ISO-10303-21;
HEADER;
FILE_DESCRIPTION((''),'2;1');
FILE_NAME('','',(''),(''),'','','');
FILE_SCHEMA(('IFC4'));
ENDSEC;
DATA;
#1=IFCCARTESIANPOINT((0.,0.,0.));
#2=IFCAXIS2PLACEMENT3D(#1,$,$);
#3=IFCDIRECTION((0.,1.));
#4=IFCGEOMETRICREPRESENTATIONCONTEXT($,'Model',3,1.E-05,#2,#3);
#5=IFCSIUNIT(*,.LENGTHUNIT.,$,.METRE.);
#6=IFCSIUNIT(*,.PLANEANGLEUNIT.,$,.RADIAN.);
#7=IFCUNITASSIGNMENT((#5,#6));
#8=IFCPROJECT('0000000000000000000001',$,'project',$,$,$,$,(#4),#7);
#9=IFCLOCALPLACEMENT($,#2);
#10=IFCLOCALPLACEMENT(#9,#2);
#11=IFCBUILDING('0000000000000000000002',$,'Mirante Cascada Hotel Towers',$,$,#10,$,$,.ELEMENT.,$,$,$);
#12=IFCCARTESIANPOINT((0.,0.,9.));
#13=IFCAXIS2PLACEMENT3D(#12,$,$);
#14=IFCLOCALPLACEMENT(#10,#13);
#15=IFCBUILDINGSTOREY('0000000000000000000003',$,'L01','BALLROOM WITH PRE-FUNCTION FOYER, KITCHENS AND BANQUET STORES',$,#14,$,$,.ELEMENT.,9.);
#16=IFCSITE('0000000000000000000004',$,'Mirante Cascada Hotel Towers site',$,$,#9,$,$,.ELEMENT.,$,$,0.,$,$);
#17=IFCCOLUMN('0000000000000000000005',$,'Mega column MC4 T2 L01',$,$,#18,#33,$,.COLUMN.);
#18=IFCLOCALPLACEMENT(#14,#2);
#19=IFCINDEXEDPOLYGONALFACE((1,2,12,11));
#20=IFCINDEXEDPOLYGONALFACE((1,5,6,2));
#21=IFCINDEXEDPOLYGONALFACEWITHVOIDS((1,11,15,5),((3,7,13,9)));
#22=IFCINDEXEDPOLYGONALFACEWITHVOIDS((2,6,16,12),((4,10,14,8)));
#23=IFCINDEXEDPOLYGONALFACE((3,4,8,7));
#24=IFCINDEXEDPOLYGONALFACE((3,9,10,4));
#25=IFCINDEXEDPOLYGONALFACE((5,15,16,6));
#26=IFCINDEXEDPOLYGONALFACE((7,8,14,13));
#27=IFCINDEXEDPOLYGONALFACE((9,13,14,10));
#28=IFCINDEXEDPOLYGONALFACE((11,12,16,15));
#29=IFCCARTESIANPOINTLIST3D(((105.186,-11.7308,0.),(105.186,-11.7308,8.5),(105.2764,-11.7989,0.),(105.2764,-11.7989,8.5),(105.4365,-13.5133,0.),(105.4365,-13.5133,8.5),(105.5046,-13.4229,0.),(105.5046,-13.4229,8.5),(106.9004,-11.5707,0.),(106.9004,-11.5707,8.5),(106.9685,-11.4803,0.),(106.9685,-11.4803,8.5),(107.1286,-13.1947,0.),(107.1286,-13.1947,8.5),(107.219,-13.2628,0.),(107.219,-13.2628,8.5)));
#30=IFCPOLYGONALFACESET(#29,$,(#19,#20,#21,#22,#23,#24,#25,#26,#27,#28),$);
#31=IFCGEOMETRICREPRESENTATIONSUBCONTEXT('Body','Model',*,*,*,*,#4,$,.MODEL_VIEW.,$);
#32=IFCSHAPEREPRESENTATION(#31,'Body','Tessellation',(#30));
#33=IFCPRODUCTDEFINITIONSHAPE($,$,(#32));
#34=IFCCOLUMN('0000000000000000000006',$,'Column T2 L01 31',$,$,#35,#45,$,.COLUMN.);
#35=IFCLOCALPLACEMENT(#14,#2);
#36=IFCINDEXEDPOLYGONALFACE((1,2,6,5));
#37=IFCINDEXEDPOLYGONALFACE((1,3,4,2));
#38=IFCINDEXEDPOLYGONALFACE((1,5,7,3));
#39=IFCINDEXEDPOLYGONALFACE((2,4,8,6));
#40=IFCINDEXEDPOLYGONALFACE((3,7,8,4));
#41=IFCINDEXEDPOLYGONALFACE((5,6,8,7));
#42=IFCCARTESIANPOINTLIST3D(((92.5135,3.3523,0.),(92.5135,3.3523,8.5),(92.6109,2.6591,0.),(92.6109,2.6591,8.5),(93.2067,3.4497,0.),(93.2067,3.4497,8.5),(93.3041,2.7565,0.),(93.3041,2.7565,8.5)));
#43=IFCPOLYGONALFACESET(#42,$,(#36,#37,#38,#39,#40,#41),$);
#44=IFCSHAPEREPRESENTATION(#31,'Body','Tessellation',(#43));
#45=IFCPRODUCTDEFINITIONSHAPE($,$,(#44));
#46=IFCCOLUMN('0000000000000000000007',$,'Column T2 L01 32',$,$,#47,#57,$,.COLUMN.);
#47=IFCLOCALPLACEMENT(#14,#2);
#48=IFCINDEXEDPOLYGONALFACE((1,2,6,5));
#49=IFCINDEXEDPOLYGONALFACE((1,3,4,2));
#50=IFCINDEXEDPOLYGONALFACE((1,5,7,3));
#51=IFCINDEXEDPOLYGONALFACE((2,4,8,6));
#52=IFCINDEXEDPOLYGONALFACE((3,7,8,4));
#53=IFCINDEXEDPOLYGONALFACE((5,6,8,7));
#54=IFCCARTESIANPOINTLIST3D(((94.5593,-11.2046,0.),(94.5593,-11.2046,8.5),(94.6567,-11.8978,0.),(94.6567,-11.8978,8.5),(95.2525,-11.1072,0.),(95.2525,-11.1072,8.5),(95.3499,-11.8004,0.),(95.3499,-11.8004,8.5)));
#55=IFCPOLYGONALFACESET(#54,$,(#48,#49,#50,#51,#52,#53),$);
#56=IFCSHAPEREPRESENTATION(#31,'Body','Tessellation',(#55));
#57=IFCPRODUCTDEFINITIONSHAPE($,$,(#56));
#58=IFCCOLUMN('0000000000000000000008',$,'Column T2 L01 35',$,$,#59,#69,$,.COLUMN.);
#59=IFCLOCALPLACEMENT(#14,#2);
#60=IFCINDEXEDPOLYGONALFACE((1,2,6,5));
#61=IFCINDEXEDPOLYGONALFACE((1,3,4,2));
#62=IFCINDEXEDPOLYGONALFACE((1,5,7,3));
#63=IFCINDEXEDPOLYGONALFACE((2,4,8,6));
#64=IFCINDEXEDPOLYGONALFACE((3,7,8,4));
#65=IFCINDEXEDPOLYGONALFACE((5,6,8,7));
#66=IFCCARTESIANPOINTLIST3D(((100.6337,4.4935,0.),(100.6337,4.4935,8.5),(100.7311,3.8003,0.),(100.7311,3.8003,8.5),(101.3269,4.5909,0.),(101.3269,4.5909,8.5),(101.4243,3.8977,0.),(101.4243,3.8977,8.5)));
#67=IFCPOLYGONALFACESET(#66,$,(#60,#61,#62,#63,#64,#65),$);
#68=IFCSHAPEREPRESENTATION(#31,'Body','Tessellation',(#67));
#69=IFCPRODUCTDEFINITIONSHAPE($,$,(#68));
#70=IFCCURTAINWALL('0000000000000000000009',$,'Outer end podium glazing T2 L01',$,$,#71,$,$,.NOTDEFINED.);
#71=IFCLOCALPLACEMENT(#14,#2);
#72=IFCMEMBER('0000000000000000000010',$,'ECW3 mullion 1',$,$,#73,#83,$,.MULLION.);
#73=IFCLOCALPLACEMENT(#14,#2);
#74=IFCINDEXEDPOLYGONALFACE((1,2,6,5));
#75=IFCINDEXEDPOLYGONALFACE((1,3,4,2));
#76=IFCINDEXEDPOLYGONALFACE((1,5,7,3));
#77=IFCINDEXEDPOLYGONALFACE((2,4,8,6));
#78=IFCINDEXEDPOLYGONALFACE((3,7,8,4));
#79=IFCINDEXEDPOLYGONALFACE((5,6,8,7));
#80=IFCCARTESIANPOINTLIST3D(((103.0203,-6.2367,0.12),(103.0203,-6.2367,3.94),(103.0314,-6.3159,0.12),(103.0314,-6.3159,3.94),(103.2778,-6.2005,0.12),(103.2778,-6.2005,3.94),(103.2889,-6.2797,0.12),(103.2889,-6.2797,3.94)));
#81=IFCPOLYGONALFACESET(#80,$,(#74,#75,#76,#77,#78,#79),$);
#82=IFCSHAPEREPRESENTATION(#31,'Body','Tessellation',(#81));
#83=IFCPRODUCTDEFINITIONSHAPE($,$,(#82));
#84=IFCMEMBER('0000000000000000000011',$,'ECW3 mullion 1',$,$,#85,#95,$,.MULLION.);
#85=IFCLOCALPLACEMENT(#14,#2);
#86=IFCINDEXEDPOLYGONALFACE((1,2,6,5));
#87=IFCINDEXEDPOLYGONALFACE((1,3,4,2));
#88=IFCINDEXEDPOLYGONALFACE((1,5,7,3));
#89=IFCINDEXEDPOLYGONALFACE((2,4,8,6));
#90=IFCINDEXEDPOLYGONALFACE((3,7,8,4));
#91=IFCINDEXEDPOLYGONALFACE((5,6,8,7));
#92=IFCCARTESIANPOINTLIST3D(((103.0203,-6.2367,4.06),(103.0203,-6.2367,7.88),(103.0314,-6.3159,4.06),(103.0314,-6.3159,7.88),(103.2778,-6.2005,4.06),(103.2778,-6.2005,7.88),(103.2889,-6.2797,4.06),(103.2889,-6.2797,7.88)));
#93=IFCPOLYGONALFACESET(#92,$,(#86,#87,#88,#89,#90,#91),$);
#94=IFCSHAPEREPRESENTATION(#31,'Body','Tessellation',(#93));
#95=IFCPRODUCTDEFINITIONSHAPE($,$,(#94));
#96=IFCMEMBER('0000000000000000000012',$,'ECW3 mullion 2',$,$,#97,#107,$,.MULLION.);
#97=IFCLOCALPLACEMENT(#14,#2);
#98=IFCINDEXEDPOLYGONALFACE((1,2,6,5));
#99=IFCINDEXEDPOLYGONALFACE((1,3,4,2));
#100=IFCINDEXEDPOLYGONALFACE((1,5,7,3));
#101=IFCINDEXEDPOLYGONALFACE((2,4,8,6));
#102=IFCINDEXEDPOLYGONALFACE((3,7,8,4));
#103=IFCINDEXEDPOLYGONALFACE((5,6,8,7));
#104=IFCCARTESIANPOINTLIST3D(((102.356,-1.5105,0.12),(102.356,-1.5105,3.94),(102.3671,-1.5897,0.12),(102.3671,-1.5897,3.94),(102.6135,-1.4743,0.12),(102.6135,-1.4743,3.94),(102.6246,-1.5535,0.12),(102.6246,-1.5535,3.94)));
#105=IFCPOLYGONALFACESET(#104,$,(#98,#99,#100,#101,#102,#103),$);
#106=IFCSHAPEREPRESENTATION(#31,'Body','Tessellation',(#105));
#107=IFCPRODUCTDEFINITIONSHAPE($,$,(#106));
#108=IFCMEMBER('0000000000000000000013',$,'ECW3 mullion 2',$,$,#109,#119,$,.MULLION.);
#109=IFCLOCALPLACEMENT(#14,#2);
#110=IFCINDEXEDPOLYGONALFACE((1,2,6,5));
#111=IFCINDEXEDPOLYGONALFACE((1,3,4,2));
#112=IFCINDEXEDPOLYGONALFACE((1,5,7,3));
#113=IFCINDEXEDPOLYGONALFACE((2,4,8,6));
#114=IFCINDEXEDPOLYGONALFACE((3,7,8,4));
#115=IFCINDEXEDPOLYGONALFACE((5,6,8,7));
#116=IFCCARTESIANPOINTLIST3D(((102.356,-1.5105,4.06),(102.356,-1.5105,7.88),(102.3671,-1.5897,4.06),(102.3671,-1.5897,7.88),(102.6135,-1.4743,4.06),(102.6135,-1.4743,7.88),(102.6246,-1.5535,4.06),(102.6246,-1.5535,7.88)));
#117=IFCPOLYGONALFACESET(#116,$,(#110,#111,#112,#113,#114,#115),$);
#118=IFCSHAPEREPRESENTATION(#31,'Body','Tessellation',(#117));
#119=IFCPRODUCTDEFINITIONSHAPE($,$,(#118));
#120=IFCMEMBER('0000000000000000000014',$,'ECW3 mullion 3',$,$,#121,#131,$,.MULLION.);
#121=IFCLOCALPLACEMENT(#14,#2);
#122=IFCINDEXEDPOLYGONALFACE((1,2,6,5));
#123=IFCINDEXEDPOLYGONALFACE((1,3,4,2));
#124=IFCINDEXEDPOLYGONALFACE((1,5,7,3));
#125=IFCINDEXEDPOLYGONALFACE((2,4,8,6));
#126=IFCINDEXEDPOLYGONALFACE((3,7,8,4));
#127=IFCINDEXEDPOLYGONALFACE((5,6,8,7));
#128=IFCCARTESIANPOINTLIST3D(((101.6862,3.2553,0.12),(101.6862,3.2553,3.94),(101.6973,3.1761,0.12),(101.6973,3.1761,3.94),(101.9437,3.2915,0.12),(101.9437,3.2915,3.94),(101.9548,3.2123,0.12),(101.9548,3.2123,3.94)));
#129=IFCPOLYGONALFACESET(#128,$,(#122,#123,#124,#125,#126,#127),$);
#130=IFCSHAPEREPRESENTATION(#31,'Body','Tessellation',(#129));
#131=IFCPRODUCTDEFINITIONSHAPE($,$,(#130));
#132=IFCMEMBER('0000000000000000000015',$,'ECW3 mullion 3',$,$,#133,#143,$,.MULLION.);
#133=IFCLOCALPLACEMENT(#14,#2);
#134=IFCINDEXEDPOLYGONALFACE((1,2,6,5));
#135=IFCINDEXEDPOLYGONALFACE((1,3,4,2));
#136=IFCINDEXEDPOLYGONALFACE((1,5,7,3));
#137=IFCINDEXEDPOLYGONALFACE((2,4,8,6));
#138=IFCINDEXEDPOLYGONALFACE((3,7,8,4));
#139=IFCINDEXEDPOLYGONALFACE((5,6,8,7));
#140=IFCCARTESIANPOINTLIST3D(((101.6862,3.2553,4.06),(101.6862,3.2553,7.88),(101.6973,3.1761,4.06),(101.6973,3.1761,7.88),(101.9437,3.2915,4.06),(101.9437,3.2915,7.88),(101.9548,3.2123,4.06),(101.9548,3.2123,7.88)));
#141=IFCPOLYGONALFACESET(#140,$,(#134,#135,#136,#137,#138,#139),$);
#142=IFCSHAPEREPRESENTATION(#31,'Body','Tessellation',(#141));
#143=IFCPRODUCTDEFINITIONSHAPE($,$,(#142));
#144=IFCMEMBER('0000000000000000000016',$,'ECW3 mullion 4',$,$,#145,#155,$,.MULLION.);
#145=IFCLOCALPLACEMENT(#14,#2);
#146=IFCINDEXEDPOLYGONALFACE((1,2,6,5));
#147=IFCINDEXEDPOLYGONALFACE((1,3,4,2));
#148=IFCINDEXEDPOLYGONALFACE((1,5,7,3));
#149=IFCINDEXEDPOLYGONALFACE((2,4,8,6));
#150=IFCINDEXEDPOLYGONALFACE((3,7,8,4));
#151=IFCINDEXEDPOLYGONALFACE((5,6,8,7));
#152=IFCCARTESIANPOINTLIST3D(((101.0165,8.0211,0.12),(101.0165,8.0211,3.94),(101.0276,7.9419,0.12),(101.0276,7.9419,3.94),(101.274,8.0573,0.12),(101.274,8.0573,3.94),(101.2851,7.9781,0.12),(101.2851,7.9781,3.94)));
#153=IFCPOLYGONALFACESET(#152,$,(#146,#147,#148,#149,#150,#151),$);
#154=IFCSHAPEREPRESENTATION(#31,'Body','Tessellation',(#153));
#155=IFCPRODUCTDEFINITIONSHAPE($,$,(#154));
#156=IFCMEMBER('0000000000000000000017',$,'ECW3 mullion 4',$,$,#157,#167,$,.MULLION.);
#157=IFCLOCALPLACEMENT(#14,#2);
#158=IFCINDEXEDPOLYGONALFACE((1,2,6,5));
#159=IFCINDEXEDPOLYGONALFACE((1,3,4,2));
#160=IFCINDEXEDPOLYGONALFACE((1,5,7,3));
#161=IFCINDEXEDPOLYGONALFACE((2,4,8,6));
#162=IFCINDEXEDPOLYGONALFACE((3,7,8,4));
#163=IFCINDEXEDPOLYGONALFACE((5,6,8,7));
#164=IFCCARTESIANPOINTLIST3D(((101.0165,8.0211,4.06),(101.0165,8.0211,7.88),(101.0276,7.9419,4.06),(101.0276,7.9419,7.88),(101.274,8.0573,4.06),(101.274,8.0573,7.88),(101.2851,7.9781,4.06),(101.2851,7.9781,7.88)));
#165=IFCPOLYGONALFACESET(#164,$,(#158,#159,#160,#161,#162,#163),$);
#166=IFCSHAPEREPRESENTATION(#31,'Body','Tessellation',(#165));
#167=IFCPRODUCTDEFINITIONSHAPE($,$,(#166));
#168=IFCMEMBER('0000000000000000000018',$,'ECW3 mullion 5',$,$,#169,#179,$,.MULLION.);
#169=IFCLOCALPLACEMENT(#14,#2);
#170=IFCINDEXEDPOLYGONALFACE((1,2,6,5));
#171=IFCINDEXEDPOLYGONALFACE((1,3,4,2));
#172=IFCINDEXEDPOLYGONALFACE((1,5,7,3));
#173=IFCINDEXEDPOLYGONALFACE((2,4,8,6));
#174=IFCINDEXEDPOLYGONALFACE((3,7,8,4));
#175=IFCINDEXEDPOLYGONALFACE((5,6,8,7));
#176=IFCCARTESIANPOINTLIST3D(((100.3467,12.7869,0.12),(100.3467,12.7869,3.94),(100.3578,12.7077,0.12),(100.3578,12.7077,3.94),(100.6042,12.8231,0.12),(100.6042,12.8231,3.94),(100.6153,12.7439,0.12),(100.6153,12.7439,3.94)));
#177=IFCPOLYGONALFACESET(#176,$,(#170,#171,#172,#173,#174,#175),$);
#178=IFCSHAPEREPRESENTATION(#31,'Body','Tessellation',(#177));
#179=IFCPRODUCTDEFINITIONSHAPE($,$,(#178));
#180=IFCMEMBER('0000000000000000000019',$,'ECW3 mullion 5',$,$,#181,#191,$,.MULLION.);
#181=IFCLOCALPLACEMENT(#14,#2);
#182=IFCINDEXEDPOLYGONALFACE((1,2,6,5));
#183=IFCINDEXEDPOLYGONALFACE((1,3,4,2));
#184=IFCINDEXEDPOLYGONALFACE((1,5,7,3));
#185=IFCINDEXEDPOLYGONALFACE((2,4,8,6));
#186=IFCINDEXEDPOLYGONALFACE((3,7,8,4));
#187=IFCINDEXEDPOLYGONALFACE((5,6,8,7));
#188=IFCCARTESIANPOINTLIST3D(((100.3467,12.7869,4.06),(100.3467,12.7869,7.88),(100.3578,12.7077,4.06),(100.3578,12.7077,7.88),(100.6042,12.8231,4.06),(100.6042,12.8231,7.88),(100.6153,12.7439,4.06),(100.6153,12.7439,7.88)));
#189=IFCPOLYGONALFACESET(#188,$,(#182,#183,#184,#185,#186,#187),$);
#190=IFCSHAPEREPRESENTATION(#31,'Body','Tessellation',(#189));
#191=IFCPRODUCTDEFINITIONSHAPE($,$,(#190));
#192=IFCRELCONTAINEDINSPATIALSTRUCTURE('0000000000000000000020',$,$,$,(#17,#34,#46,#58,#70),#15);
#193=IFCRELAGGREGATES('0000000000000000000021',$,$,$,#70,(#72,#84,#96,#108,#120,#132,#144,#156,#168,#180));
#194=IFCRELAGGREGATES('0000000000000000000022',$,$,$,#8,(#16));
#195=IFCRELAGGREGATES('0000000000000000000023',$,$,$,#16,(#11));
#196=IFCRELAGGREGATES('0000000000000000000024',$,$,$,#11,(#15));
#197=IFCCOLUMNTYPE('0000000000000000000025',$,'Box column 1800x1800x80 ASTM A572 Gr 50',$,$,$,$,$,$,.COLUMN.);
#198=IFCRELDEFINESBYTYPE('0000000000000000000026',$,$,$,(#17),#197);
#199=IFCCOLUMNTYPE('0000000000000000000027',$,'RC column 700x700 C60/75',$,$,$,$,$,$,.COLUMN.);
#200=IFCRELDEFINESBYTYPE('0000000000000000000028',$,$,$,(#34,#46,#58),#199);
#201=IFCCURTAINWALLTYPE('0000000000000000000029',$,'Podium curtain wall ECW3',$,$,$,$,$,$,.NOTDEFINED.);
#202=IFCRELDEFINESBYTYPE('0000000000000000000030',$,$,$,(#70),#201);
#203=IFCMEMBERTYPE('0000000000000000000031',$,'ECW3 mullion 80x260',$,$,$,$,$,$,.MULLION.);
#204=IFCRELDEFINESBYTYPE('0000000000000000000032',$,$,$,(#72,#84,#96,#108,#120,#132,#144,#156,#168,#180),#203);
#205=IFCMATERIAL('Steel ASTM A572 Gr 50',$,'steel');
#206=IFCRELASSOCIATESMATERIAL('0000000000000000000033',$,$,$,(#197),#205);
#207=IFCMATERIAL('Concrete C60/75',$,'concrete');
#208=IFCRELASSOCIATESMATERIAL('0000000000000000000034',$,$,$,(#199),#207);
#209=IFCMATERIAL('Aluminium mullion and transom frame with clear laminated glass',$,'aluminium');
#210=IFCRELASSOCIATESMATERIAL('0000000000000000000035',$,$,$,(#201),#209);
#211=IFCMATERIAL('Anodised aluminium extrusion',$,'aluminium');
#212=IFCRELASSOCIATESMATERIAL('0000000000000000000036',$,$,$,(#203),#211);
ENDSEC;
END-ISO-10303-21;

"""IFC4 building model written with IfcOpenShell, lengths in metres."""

from ifc_helpers import new_model, si_unit, direction, frame, origin, origin_2d, place, context, subcontext, project, spatial, rectangle, hollow_rectangle, extrude, material, material_profile, profile_set, type_object, element, aggregate, save


model = new_model("IFC4")

# Units and contexts
model_context = context("Model", 3, precision=1e-05, world=origin(), true_north=direction((0.0, 1.0)))
body_context = subcontext(model_context, "Body", "Model", "MODEL_VIEW")
ifc_project = project(units=[si_unit("LENGTHUNIT", "METRE"), si_unit("PLANEANGLEUNIT", "RADIAN")], contexts=[model_context])

# Site, building, storey
site_placement = place(None, origin())
site = spatial("IfcSite", under=ifc_project, at=site_placement, Name="Mirante Cascada Hotel Towers site", CompositionType="ELEMENT", RefElevation=0.0)
building_placement = place(site_placement, origin())
building = spatial("IfcBuilding", under=site, at=building_placement, Name="Mirante Cascada Hotel Towers", CompositionType="ELEMENT")
storey_placement = place(building_placement, frame((0.0, 0.0, 9.0)))
storey = spatial("IfcBuildingStorey", under=building, at=storey_placement, Name="L01", Description="BALLROOM WITH PRE-FUNCTION FOYER, KITCHENS AND BANQUET STORES", CompositionType="ELEMENT", Elevation=9.0)

# Columns
ifc_material_1 = material(Name="Steel ASTM A572 Gr 50", Category="steel")
ifc_material_profile_1 = material_profile(ifc_material_1, hollow_rectangle(XDim=1.8, YDim=1.8, WallThickness=0.08, at=origin_2d()), Name="Box column 1800x1800x80 ASTM A572 Gr 50")
ifc_profile_set_1 = profile_set([ifc_material_profile_1], Name="Steel ASTM A572 Gr 50")
column_type_1 = type_object("IfcColumnType", Name="Box column 1800x1800x80 ASTM A572 Gr 50", PredefinedType="COLUMN", material=ifc_profile_set_1)
column_placement = place(storey_placement, frame((106.2025, -12.4968, 0.0), z_axis=(0.0, 0.0, 1.0), x_axis=(0.990268, 0.139173, 0.0)))
element("IfcColumn", 1, at=column_placement, inside=storey, type_object=column_type_1, Name="Mega column MC4 T2 L01", PredefinedType="COLUMN", context=body_context, shape_type="SweptSolid", body=[
    extrude(hollow_rectangle(XDim=1.8, YDim=1.8, WallThickness=0.08, at=origin_2d()), origin(), (0.0, 0.0, 1.0), 8.5),
])
ifc_material_2 = material(Name="Concrete C60/75", Category="concrete")
ifc_material_profile_2 = material_profile(ifc_material_2, rectangle(XDim=0.7, YDim=0.7, at=origin_2d()), Name="RC column 700x700 C60/75")
ifc_profile_set_2 = profile_set([ifc_material_profile_2], Name="Concrete C60/75")
column_type_2 = type_object("IfcColumnType", Name="RC column 700x700 C60/75", PredefinedType="COLUMN", material=ifc_profile_set_2)
for number, where, z_axis, x_axis, name in (
    (2, (92.9088, 3.0544, 0.0), (0.0, 0.0, 1.0), (0.990268, 0.139173, 0.0), "Column T2 L01 31"),
    (3, (94.9546, -11.5025, 0.0), (0.0, 0.0, 1.0), (0.990268, 0.139173, 0.0), "Column T2 L01 32"),
    (4, (101.029, 4.1956, 0.0), (0.0, 0.0, 1.0), (0.990268, 0.139173, 0.0), "Column T2 L01 35"),
):
    element("IfcColumn", number, at=place(storey_placement, frame(where, z_axis=z_axis, x_axis=x_axis)), inside=storey, type_object=column_type_2, Name=name, PredefinedType="COLUMN", context=body_context, shape_type="SweptSolid", body=[
        extrude(rectangle(XDim=0.7, YDim=0.7, at=origin_2d()), origin(), (0.0, 0.0, 1.0), 8.5),
    ])

# Curtain wall, members
ifc_material_3 = material(Name="Aluminium mullion and transom frame with clear laminated glass", Category="aluminium")
curtain_wall_type = type_object("IfcCurtainWallType", Name="Podium curtain wall ECW3", PredefinedType="NOTDEFINED", material=ifc_material_3)
curtain_wall_placement = place(storey_placement, origin())
curtain_wall = element("IfcCurtainWall", 5, at=curtain_wall_placement, inside=storey, type_object=curtain_wall_type, Name="Outer end podium glazing T2 L01", PredefinedType="NOTDEFINED")
ifc_material_4 = material(Name="Anodised aluminium extrusion", Category="aluminium")
ifc_material_profile_3 = material_profile(ifc_material_4, rectangle(XDim=0.26, YDim=0.08, at=origin_2d()), Name="ECW3 MULLION 80x260")
ifc_profile_set_3 = profile_set([ifc_material_profile_3], Name="Anodised aluminium extrusion")
member_type_1 = type_object("IfcMemberType", Name="ECW3 mullion 80x260", PredefinedType="MULLION", material=ifc_profile_set_3)
member_1_placement = place(storey_placement, frame((103.1546, -6.2582, 0.12), z_axis=(0.0, 0.0, 1.0), x_axis=(-0.990268, -0.139173, 0.0)))
member_1 = element("IfcMember", 6, at=member_1_placement, type_object=member_type_1, Name="ECW3 mullion 1", PredefinedType="MULLION", context=body_context, shape_type="SweptSolid", body=[
    extrude(rectangle(XDim=0.26, YDim=0.08, at=origin_2d()), origin(), (0.0, 0.0, 1.0), 3.82),
])
member_2_placement = place(storey_placement, frame((103.1546, -6.2582, 4.06), z_axis=(0.0, 0.0, 1.0), x_axis=(-0.990268, -0.139173, 0.0)))
member_2 = element("IfcMember", 7, at=member_2_placement, type_object=member_type_1, Name="ECW3 mullion 1", PredefinedType="MULLION", context=body_context, shape_type="SweptSolid", body=[
    extrude(rectangle(XDim=0.26, YDim=0.08, at=origin_2d()), origin(), (0.0, 0.0, 1.0), 3.82),
])
member_3_placement = place(storey_placement, frame((102.4903, -1.532, 0.12), z_axis=(0.0, 0.0, 1.0), x_axis=(-0.990268, -0.139173, 0.0)))
member_3 = element("IfcMember", 8, at=member_3_placement, type_object=member_type_1, Name="ECW3 mullion 2", PredefinedType="MULLION", context=body_context, shape_type="SweptSolid", body=[
    extrude(rectangle(XDim=0.26, YDim=0.08, at=origin_2d()), origin(), (0.0, 0.0, 1.0), 3.82),
])
member_4_placement = place(storey_placement, frame((102.4903, -1.532, 4.06), z_axis=(0.0, 0.0, 1.0), x_axis=(-0.990268, -0.139173, 0.0)))
member_4 = element("IfcMember", 9, at=member_4_placement, type_object=member_type_1, Name="ECW3 mullion 2", PredefinedType="MULLION", context=body_context, shape_type="SweptSolid", body=[
    extrude(rectangle(XDim=0.26, YDim=0.08, at=origin_2d()), origin(), (0.0, 0.0, 1.0), 3.82),
])
member_5_placement = place(storey_placement, frame((101.8205, 3.2338, 0.12), z_axis=(0.0, 0.0, 1.0), x_axis=(-0.990268, -0.139173, 0.0)))
member_5 = element("IfcMember", 10, at=member_5_placement, type_object=member_type_1, Name="ECW3 mullion 3", PredefinedType="MULLION", context=body_context, shape_type="SweptSolid", body=[
    extrude(rectangle(XDim=0.26, YDim=0.08, at=origin_2d()), origin(), (0.0, 0.0, 1.0), 3.82),
])
member_6_placement = place(storey_placement, frame((101.8205, 3.2338, 4.06), z_axis=(0.0, 0.0, 1.0), x_axis=(-0.990268, -0.139173, 0.0)))
member_6 = element("IfcMember", 11, at=member_6_placement, type_object=member_type_1, Name="ECW3 mullion 3", PredefinedType="MULLION", context=body_context, shape_type="SweptSolid", body=[
    extrude(rectangle(XDim=0.26, YDim=0.08, at=origin_2d()), origin(), (0.0, 0.0, 1.0), 3.82),
])
member_7_placement = place(storey_placement, frame((101.1508, 7.9996, 0.12), z_axis=(0.0, 0.0, 1.0), x_axis=(-0.990268, -0.139173, 0.0)))
member_7 = element("IfcMember", 12, at=member_7_placement, type_object=member_type_1, Name="ECW3 mullion 4", PredefinedType="MULLION", context=body_context, shape_type="SweptSolid", body=[
    extrude(rectangle(XDim=0.26, YDim=0.08, at=origin_2d()), origin(), (0.0, 0.0, 1.0), 3.82),
])
member_8_placement = place(storey_placement, frame((101.1508, 7.9996, 4.06), z_axis=(0.0, 0.0, 1.0), x_axis=(-0.990268, -0.139173, 0.0)))
member_8 = element("IfcMember", 13, at=member_8_placement, type_object=member_type_1, Name="ECW3 mullion 4", PredefinedType="MULLION", context=body_context, shape_type="SweptSolid", body=[
    extrude(rectangle(XDim=0.26, YDim=0.08, at=origin_2d()), origin(), (0.0, 0.0, 1.0), 3.82),
])
member_9_placement = place(storey_placement, frame((100.481, 12.7654, 0.12), z_axis=(0.0, 0.0, 1.0), x_axis=(-0.990268, -0.139173, 0.0)))
member_9 = element("IfcMember", 14, at=member_9_placement, type_object=member_type_1, Name="ECW3 mullion 5", PredefinedType="MULLION", context=body_context, shape_type="SweptSolid", body=[
    extrude(rectangle(XDim=0.26, YDim=0.08, at=origin_2d()), origin(), (0.0, 0.0, 1.0), 3.82),
])
member_10_placement = place(storey_placement, frame((100.481, 12.7654, 4.06), z_axis=(0.0, 0.0, 1.0), x_axis=(-0.990268, -0.139173, 0.0)))
member_10 = element("IfcMember", 15, at=member_10_placement, type_object=member_type_1, Name="ECW3 mullion 5", PredefinedType="MULLION", context=body_context, shape_type="SweptSolid", body=[
    extrude(rectangle(XDim=0.26, YDim=0.08, at=origin_2d()), origin(), (0.0, 0.0, 1.0), 3.82),
])
aggregate(curtain_wall, [member_1, member_2, member_3, member_4, member_5, member_6, member_7, member_8, member_9, member_10])

save(model, "model.ifc")
